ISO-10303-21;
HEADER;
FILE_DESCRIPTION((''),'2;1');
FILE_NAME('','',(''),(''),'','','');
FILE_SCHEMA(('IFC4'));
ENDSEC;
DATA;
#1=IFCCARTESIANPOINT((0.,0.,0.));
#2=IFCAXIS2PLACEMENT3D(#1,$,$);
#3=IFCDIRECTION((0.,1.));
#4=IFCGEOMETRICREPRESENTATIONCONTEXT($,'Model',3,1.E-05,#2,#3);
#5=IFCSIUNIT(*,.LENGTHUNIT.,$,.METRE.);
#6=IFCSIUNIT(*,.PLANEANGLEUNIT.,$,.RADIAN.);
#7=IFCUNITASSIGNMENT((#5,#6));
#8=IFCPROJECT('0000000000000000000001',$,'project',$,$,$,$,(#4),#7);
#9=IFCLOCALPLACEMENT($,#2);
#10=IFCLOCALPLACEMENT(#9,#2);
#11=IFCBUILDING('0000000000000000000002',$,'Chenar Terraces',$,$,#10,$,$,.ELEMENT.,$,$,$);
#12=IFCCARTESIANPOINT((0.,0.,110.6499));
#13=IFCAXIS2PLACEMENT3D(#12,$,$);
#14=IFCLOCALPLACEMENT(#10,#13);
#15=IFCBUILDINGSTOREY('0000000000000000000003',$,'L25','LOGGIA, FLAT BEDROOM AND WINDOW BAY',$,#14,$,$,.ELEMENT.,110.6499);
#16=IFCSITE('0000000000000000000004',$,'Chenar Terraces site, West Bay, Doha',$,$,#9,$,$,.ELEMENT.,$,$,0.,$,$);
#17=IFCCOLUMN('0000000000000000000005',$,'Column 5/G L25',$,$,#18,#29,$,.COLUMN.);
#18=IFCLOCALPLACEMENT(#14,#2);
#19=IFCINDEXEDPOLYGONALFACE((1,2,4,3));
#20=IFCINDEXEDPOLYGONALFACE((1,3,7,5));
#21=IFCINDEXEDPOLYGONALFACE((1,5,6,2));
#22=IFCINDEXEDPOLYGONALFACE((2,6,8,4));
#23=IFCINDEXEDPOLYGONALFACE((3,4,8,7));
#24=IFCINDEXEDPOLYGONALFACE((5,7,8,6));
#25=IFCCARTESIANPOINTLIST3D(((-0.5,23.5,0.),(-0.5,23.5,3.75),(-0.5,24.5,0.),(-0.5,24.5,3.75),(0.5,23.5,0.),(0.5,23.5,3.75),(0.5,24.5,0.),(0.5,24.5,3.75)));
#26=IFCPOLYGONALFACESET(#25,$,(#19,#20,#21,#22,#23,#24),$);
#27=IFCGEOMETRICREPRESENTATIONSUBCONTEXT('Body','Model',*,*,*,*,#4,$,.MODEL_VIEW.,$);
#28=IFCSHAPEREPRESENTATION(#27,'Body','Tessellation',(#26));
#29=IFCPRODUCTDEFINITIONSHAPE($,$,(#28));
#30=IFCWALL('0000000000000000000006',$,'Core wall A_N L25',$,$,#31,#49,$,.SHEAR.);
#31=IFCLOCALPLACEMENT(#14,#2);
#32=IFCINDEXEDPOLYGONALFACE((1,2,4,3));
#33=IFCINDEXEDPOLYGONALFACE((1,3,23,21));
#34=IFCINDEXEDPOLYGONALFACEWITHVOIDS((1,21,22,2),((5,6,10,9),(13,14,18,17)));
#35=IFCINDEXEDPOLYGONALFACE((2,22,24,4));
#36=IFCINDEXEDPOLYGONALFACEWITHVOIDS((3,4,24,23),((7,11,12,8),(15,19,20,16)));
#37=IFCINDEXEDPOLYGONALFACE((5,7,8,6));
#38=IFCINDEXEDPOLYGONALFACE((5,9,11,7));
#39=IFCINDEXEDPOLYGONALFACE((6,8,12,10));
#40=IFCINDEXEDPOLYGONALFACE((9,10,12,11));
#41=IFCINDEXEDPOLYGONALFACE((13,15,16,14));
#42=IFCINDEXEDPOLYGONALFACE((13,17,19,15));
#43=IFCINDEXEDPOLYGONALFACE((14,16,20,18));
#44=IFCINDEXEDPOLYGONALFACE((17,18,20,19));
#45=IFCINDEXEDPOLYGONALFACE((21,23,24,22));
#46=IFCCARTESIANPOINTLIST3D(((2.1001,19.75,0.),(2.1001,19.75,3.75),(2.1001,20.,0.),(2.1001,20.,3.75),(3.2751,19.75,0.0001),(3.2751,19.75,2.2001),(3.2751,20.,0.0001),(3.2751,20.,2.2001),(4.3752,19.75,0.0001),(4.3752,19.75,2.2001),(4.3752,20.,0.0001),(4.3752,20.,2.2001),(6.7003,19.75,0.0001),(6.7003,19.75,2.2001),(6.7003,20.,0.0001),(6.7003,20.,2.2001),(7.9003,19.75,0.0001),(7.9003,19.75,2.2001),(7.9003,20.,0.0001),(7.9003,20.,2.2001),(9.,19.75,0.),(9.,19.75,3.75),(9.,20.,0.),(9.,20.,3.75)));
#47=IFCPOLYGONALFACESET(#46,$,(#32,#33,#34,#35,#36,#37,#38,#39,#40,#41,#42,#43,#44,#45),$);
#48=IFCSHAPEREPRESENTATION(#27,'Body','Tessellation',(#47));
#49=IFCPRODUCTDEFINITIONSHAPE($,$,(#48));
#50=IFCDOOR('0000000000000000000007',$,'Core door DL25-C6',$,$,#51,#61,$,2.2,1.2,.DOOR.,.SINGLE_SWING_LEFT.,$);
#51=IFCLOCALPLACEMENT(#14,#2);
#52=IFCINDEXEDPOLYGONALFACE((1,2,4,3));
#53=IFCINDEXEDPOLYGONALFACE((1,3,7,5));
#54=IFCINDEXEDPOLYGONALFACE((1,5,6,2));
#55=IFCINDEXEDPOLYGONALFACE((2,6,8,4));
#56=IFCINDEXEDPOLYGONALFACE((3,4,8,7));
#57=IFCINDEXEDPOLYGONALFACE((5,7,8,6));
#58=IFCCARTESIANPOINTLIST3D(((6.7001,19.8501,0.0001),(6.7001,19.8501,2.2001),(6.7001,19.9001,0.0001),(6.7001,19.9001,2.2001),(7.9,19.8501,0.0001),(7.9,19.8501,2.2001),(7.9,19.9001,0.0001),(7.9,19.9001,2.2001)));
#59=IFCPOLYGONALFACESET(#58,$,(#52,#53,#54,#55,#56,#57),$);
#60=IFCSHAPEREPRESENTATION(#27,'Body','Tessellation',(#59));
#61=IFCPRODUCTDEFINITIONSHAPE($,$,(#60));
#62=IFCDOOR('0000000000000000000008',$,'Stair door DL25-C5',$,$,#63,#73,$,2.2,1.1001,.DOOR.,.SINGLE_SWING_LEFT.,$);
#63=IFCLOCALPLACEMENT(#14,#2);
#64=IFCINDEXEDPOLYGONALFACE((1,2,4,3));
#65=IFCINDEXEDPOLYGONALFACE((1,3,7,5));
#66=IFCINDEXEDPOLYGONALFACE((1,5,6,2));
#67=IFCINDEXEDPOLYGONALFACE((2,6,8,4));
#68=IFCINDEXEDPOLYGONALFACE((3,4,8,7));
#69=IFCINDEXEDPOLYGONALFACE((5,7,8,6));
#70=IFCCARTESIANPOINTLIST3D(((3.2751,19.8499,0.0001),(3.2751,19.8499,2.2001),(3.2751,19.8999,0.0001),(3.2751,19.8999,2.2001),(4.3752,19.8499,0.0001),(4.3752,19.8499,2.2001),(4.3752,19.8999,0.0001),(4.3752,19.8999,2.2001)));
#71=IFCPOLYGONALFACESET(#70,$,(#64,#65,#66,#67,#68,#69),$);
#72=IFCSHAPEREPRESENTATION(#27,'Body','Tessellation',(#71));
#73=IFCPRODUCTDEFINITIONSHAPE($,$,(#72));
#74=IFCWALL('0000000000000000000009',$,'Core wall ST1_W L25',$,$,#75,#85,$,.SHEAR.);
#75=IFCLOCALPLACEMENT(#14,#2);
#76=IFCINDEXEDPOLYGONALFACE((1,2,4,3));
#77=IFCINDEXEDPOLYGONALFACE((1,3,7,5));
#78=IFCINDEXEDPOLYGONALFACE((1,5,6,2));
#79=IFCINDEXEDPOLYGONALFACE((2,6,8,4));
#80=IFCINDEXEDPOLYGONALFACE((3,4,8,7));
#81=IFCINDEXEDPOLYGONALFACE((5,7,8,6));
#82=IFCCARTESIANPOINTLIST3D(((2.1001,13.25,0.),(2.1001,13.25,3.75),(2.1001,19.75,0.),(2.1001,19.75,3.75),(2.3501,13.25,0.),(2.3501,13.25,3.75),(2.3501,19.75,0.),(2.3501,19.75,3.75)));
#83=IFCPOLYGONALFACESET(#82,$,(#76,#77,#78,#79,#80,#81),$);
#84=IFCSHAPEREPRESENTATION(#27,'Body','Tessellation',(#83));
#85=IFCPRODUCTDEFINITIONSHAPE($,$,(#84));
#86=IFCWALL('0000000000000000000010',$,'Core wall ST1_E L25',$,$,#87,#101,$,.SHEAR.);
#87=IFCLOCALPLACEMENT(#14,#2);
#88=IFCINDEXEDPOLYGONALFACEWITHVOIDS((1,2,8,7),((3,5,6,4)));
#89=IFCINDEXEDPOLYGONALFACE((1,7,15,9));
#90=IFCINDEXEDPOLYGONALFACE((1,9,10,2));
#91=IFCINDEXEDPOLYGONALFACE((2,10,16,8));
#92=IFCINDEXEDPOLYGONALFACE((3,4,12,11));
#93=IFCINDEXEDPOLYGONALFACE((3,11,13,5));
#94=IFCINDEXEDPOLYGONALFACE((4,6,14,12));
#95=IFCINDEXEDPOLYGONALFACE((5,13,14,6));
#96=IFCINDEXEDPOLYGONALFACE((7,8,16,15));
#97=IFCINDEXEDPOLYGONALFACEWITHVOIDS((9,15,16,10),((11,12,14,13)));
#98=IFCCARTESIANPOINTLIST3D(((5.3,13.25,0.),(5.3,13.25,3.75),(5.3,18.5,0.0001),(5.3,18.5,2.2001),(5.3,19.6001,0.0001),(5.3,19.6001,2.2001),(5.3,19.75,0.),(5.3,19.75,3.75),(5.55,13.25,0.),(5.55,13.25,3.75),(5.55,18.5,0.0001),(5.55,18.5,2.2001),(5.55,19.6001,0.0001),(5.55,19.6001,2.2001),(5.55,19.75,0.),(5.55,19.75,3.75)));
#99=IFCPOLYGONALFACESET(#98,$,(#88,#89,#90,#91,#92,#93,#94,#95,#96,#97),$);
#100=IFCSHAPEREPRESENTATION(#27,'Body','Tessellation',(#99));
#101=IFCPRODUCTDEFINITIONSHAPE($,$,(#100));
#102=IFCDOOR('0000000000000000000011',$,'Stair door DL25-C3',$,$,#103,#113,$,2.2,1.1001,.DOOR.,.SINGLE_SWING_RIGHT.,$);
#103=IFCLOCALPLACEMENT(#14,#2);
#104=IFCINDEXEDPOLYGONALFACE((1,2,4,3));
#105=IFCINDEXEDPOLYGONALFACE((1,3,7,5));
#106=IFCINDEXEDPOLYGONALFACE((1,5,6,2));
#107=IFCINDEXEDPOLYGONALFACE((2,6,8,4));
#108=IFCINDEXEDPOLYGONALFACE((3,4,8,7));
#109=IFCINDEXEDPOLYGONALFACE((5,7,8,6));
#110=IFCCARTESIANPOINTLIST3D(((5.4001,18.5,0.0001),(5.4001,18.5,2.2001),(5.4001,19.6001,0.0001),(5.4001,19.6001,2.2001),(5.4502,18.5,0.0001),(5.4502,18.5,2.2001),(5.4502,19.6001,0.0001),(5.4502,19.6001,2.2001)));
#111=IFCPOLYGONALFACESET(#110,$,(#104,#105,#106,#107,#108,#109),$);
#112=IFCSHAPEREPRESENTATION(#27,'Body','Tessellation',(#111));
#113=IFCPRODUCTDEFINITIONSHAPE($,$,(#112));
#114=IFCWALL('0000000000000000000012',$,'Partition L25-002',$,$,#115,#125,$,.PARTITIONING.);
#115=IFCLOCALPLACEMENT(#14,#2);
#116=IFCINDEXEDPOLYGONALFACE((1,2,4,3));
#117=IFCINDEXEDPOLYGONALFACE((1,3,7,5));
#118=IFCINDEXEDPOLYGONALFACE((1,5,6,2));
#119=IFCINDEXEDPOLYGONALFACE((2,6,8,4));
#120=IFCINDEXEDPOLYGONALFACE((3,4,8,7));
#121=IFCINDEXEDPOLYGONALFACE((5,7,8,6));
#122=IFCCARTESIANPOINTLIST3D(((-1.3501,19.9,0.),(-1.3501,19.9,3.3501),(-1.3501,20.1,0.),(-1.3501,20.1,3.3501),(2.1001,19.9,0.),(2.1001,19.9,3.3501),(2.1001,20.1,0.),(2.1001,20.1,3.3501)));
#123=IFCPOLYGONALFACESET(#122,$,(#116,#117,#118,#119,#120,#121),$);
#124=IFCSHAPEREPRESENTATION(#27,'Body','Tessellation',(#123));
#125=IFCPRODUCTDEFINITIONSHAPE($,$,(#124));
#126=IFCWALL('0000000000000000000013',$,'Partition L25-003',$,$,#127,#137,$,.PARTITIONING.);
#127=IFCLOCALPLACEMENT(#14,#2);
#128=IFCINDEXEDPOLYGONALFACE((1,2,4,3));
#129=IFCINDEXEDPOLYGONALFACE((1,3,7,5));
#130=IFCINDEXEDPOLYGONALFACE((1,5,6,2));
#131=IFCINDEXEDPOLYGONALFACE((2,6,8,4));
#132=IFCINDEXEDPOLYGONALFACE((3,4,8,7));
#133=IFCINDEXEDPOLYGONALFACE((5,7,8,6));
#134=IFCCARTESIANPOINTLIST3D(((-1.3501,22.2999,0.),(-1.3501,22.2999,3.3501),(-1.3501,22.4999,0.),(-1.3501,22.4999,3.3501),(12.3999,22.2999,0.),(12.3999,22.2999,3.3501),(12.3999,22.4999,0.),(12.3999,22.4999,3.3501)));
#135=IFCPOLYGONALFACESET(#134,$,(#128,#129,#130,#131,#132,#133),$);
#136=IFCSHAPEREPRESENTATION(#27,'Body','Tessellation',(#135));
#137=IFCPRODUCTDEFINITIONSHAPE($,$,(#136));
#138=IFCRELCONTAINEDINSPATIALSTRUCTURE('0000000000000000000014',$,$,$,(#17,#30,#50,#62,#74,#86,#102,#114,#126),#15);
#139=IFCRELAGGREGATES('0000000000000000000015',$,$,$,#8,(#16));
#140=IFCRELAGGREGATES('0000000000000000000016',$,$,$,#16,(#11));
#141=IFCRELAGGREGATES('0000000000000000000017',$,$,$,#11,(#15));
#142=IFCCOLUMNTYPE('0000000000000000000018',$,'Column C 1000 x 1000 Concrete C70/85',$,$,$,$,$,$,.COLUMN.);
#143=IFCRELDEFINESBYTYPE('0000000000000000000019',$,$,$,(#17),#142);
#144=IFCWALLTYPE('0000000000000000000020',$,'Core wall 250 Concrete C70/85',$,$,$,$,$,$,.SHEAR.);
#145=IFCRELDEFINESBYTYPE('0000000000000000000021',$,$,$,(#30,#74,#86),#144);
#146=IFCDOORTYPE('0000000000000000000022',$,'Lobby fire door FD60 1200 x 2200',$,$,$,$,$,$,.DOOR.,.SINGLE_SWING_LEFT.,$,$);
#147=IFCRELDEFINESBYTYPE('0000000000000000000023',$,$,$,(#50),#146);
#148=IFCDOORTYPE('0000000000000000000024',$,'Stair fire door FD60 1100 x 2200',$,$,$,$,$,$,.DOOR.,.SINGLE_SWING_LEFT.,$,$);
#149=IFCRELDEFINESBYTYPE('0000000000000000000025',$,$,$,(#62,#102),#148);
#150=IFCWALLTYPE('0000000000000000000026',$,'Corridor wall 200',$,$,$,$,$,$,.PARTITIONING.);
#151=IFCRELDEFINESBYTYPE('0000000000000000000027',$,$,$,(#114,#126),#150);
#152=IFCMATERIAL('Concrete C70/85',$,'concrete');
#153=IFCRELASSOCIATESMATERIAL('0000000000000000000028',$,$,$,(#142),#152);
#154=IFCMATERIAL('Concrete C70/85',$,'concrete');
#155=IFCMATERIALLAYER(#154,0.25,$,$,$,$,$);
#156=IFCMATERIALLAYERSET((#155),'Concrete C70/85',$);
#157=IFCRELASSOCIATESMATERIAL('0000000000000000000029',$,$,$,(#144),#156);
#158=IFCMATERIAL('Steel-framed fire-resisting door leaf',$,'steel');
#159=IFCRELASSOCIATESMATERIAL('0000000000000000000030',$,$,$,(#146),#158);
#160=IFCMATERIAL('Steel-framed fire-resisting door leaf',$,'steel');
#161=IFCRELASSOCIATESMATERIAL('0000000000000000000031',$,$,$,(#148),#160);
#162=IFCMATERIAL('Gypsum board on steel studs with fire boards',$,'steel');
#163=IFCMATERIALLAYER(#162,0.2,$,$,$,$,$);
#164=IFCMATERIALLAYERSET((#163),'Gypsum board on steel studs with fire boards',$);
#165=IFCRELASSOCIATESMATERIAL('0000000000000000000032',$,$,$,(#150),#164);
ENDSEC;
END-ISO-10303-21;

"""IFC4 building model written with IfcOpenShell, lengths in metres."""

from ifc_helpers import new_model, si_unit, direction, frame, frame_2d, origin, origin_2d, place, context, subcontext, project, spatial, rectangle, extrude, material, layer, layer_set, material_profile, profile_set, type_object, element, fill, save


model = new_model("IFC4")

# Units and contexts
model_context = context("Model", 3, precision=1e-05, world=origin(), true_north=direction((0.0, 1.0)))
body_context = subcontext(model_context, "Body", "Model", "MODEL_VIEW")
ifc_project = project(units=[si_unit("LENGTHUNIT", "METRE"), si_unit("PLANEANGLEUNIT", "RADIAN")], contexts=[model_context])

# Site, building, storey
site_placement = place(None, origin())
site = spatial("IfcSite", under=ifc_project, at=site_placement, Name="Chenar Terraces site, West Bay, Doha", CompositionType="ELEMENT", RefElevation=0.0)
building_placement = place(site_placement, origin())
building = spatial("IfcBuilding", under=site, at=building_placement, Name="Chenar Terraces", CompositionType="ELEMENT")
storey_placement = place(building_placement, frame((0.0, 0.0, 110.6499)))
storey = spatial("IfcBuildingStorey", under=building, at=storey_placement, Name="L25", Description="LOGGIA, FLAT BEDROOM AND WINDOW BAY", CompositionType="ELEMENT", Elevation=110.6499)

# Column
ifc_material_1 = material(Name="Concrete C70/85", Category="concrete")
ifc_material_profile = material_profile(ifc_material_1, rectangle(XDim=1.0, YDim=1.0, at=origin_2d()), Name="C 1000 x 1000")
ifc_profile_set = profile_set([ifc_material_profile], Name="Concrete C70/85")
column_type = type_object("IfcColumnType", Name="Column C 1000 x 1000 Concrete C70/85", PredefinedType="COLUMN", material=ifc_profile_set)
column_placement = place(storey_placement, frame((0.0, 24.0, 0.0), z_axis=(0.0, 0.0, 1.0), x_axis=(1.0, 0.0, 0.0)))
element("IfcColumn", 1, at=column_placement, inside=storey, type_object=column_type, Name="Column 5/G L25", PredefinedType="COLUMN", context=body_context, shape_type="SweptSolid", body=[
    extrude(rectangle(XDim=1.0, YDim=1.0, at=origin_2d()), origin(), (0.0, 0.0, 1.0), 3.75),
])

# Wall, openings, doors
ifc_material_2 = material(Name="Concrete C70/85", Category="concrete")
ifc_layer_1 = layer(ifc_material_2, 0.25)
ifc_layer_set_1 = layer_set([ifc_layer_1], Name="Concrete C70/85")
wall_type_1 = type_object("IfcWallType", Name="Core wall 250 Concrete C70/85", PredefinedType="SHEAR", material=ifc_layer_set_1)
wall_1_placement = place(storey_placement, frame((2.1001, 19.875, 0.0), z_axis=(0.0, 0.0, 1.0), x_axis=(1.0, 0.0, 0.0)))
wall_1 = element("IfcWall", 2, at=wall_1_placement, inside=storey, type_object=wall_type_1, Name="Core wall A_N L25", PredefinedType="SHEAR", context=body_context, shape_type="SweptSolid", body=[
    extrude(rectangle(XDim=6.8999, YDim=0.25, at=frame_2d((3.45, 0.0))), origin(), (0.0, 0.0, 1.0), 3.75),
])
opening_1_placement = place(wall_1_placement, frame((1.175, 0.0, 0.0)))
opening_1 = element("IfcOpeningElement", 3, at=opening_1_placement, cuts=wall_1, PredefinedType="OPENING", context=body_context, shape_type="SweptSolid", body=[
    extrude(rectangle(XDim=1.1001, YDim=2.2, at=frame_2d((0.55, 1.1001))), frame((0.0, 0.135, 0.0), z_axis=(0.0, -1.0, 0.0), x_axis=(1.0, 0.0, 0.0)), (0.0, 0.0, 1.0), 0.27),
])
opening_2_placement = place(wall_1_placement, frame((4.6001, 0.0, 0.0)))
opening_2 = element("IfcOpeningElement", 4, at=opening_2_placement, cuts=wall_1, PredefinedType="OPENING", context=body_context, shape_type="SweptSolid", body=[
    extrude(rectangle(XDim=1.2, YDim=2.2, at=frame_2d((0.6001, 1.1001))), frame((0.0, 0.135, 0.0), z_axis=(0.0, -1.0, 0.0), x_axis=(1.0, 0.0, 0.0)), (0.0, 0.0, 1.0), 0.27),
])
ifc_material_3 = material(Name="Steel-framed fire-resisting door leaf", Category="steel")
door_type_1 = type_object("IfcDoorType", Name="Lobby fire door FD60 1200 x 2200", OperationType="SINGLE_SWING_LEFT", PredefinedType="DOOR", material=ifc_material_3)
door_1_placement = place(opening_2_placement, frame((1.2, 0.0, 0.0), z_axis=(0.0, 0.0, 1.0), x_axis=(-1.0, 0.0, 0.0)))
door_1 = element("IfcDoor", 5, at=door_1_placement, inside=storey, type_object=door_type_1, Name="Core door DL25-C6", OperationType="SINGLE_SWING_LEFT", OverallHeight=2.2, OverallWidth=1.2, PredefinedType="DOOR", context=body_context, shape_type="SweptSolid", body=[
    extrude(rectangle(XDim=1.2, YDim=2.2, at=frame_2d((0.6001, 1.1001))), frame((0.0, 0.0249, 0.0), z_axis=(0.0, -1.0, 0.0), x_axis=(1.0, 0.0, 0.0)), (0.0, 0.0, 1.0), 0.05),
])
fill(opening_2, door_1)
ifc_material_4 = material(Name="Steel-framed fire-resisting door leaf", Category="steel")
door_type_2 = type_object("IfcDoorType", Name="Stair fire door FD60 1100 x 2200", OperationType="SINGLE_SWING_LEFT", PredefinedType="DOOR", material=ifc_material_4)
door_2_placement = place(opening_1_placement, origin())
door_2 = element("IfcDoor", 6, at=door_2_placement, inside=storey, type_object=door_type_2, Name="Stair door DL25-C5", OperationType="SINGLE_SWING_LEFT", OverallHeight=2.2, OverallWidth=1.1001, PredefinedType="DOOR", context=body_context, shape_type="SweptSolid", body=[
    extrude(rectangle(XDim=1.1001, YDim=2.2, at=frame_2d((0.55, 1.1001))), frame((0.0, 0.0249, 0.0), z_axis=(0.0, -1.0, 0.0), x_axis=(1.0, 0.0, 0.0)), (0.0, 0.0, 1.0), 0.05),
])
fill(opening_1, door_2)

# Wall
wall_2_placement = place(storey_placement, frame((2.2251, 13.25, 0.0), z_axis=(0.0, 0.0, 1.0), x_axis=(0.0, 1.0, 0.0)))
element("IfcWall", 7, at=wall_2_placement, inside=storey, type_object=wall_type_1, Name="Core wall ST1_W L25", PredefinedType="SHEAR", context=body_context, shape_type="SweptSolid", body=[
    extrude(rectangle(XDim=6.5, YDim=0.25, at=frame_2d((3.25, 0.0))), origin(), (0.0, 0.0, 1.0), 3.75),
])

# Wall, opening, door
wall_3_placement = place(storey_placement, frame((5.425, 13.25, 0.0), z_axis=(0.0, 0.0, 1.0), x_axis=(0.0, 1.0, 0.0)))
wall_3 = element("IfcWall", 8, at=wall_3_placement, inside=storey, type_object=wall_type_1, Name="Core wall ST1_E L25", PredefinedType="SHEAR", context=body_context, shape_type="SweptSolid", body=[
    extrude(rectangle(XDim=6.5, YDim=0.25, at=frame_2d((3.25, 0.0))), origin(), (0.0, 0.0, 1.0), 3.75),
])
opening_3_placement = place(wall_3_placement, frame((5.25, 0.0, 0.0)))
opening_3 = element("IfcOpeningElement", 9, at=opening_3_placement, cuts=wall_3, PredefinedType="OPENING", context=body_context, shape_type="SweptSolid", body=[
    extrude(rectangle(XDim=1.1001, YDim=2.2, at=frame_2d((0.55, 1.1001))), frame((0.0, 0.135, 0.0), z_axis=(0.0, -1.0, 0.0), x_axis=(1.0, 0.0, 0.0)), (0.0, 0.0, 1.0), 0.27),
])
door_3_placement = place(opening_3_placement, origin())
door_3 = element("IfcDoor", 10, at=door_3_placement, inside=storey, type_object=door_type_2, Name="Stair door DL25-C3", OperationType="SINGLE_SWING_RIGHT", OverallHeight=2.2, OverallWidth=1.1001, PredefinedType="DOOR", context=body_context, shape_type="SweptSolid", body=[
    extrude(rectangle(XDim=1.1001, YDim=2.2, at=frame_2d((0.55, 1.1001))), frame((0.0, 0.0249, 0.0), z_axis=(0.0, -1.0, 0.0), x_axis=(1.0, 0.0, 0.0)), (0.0, 0.0, 1.0), 0.05),
])
fill(opening_3, door_3)

# Walls
ifc_material_5 = material(Name="Gypsum board on steel studs with fire boards", Category="steel")
ifc_layer_2 = layer(ifc_material_5, 0.2)
ifc_layer_set_2 = layer_set([ifc_layer_2], Name="Gypsum board on steel studs with fire boards")
wall_type_2 = type_object("IfcWallType", Name="Corridor wall 200", PredefinedType="PARTITIONING", material=ifc_layer_set_2)
wall_4_placement = place(storey_placement, frame((-1.3501, 20.0, 0.0), z_axis=(0.0, 0.0, 1.0), x_axis=(1.0, 0.0, 0.0)))
element("IfcWall", 11, at=wall_4_placement, inside=storey, type_object=wall_type_2, Name="Partition L25-002", PredefinedType="PARTITIONING", context=body_context, shape_type="SweptSolid", body=[
    extrude(rectangle(XDim=3.4502, YDim=0.2, at=frame_2d((1.7251, 0.0))), origin(), (0.0, 0.0, 1.0), 3.3501),
])
wall_5_placement = place(storey_placement, frame((-1.3501, 22.3999, 0.0), z_axis=(0.0, 0.0, 1.0), x_axis=(1.0, 0.0, 0.0)))
element("IfcWall", 12, at=wall_5_placement, inside=storey, type_object=wall_type_2, Name="Partition L25-003", PredefinedType="PARTITIONING", context=body_context, shape_type="SweptSolid", body=[
    extrude(rectangle(XDim=13.75, YDim=0.2, at=frame_2d((6.875, 0.0))), origin(), (0.0, 0.0, 1.0), 3.3501),
])

save(model, "model.ifc")
